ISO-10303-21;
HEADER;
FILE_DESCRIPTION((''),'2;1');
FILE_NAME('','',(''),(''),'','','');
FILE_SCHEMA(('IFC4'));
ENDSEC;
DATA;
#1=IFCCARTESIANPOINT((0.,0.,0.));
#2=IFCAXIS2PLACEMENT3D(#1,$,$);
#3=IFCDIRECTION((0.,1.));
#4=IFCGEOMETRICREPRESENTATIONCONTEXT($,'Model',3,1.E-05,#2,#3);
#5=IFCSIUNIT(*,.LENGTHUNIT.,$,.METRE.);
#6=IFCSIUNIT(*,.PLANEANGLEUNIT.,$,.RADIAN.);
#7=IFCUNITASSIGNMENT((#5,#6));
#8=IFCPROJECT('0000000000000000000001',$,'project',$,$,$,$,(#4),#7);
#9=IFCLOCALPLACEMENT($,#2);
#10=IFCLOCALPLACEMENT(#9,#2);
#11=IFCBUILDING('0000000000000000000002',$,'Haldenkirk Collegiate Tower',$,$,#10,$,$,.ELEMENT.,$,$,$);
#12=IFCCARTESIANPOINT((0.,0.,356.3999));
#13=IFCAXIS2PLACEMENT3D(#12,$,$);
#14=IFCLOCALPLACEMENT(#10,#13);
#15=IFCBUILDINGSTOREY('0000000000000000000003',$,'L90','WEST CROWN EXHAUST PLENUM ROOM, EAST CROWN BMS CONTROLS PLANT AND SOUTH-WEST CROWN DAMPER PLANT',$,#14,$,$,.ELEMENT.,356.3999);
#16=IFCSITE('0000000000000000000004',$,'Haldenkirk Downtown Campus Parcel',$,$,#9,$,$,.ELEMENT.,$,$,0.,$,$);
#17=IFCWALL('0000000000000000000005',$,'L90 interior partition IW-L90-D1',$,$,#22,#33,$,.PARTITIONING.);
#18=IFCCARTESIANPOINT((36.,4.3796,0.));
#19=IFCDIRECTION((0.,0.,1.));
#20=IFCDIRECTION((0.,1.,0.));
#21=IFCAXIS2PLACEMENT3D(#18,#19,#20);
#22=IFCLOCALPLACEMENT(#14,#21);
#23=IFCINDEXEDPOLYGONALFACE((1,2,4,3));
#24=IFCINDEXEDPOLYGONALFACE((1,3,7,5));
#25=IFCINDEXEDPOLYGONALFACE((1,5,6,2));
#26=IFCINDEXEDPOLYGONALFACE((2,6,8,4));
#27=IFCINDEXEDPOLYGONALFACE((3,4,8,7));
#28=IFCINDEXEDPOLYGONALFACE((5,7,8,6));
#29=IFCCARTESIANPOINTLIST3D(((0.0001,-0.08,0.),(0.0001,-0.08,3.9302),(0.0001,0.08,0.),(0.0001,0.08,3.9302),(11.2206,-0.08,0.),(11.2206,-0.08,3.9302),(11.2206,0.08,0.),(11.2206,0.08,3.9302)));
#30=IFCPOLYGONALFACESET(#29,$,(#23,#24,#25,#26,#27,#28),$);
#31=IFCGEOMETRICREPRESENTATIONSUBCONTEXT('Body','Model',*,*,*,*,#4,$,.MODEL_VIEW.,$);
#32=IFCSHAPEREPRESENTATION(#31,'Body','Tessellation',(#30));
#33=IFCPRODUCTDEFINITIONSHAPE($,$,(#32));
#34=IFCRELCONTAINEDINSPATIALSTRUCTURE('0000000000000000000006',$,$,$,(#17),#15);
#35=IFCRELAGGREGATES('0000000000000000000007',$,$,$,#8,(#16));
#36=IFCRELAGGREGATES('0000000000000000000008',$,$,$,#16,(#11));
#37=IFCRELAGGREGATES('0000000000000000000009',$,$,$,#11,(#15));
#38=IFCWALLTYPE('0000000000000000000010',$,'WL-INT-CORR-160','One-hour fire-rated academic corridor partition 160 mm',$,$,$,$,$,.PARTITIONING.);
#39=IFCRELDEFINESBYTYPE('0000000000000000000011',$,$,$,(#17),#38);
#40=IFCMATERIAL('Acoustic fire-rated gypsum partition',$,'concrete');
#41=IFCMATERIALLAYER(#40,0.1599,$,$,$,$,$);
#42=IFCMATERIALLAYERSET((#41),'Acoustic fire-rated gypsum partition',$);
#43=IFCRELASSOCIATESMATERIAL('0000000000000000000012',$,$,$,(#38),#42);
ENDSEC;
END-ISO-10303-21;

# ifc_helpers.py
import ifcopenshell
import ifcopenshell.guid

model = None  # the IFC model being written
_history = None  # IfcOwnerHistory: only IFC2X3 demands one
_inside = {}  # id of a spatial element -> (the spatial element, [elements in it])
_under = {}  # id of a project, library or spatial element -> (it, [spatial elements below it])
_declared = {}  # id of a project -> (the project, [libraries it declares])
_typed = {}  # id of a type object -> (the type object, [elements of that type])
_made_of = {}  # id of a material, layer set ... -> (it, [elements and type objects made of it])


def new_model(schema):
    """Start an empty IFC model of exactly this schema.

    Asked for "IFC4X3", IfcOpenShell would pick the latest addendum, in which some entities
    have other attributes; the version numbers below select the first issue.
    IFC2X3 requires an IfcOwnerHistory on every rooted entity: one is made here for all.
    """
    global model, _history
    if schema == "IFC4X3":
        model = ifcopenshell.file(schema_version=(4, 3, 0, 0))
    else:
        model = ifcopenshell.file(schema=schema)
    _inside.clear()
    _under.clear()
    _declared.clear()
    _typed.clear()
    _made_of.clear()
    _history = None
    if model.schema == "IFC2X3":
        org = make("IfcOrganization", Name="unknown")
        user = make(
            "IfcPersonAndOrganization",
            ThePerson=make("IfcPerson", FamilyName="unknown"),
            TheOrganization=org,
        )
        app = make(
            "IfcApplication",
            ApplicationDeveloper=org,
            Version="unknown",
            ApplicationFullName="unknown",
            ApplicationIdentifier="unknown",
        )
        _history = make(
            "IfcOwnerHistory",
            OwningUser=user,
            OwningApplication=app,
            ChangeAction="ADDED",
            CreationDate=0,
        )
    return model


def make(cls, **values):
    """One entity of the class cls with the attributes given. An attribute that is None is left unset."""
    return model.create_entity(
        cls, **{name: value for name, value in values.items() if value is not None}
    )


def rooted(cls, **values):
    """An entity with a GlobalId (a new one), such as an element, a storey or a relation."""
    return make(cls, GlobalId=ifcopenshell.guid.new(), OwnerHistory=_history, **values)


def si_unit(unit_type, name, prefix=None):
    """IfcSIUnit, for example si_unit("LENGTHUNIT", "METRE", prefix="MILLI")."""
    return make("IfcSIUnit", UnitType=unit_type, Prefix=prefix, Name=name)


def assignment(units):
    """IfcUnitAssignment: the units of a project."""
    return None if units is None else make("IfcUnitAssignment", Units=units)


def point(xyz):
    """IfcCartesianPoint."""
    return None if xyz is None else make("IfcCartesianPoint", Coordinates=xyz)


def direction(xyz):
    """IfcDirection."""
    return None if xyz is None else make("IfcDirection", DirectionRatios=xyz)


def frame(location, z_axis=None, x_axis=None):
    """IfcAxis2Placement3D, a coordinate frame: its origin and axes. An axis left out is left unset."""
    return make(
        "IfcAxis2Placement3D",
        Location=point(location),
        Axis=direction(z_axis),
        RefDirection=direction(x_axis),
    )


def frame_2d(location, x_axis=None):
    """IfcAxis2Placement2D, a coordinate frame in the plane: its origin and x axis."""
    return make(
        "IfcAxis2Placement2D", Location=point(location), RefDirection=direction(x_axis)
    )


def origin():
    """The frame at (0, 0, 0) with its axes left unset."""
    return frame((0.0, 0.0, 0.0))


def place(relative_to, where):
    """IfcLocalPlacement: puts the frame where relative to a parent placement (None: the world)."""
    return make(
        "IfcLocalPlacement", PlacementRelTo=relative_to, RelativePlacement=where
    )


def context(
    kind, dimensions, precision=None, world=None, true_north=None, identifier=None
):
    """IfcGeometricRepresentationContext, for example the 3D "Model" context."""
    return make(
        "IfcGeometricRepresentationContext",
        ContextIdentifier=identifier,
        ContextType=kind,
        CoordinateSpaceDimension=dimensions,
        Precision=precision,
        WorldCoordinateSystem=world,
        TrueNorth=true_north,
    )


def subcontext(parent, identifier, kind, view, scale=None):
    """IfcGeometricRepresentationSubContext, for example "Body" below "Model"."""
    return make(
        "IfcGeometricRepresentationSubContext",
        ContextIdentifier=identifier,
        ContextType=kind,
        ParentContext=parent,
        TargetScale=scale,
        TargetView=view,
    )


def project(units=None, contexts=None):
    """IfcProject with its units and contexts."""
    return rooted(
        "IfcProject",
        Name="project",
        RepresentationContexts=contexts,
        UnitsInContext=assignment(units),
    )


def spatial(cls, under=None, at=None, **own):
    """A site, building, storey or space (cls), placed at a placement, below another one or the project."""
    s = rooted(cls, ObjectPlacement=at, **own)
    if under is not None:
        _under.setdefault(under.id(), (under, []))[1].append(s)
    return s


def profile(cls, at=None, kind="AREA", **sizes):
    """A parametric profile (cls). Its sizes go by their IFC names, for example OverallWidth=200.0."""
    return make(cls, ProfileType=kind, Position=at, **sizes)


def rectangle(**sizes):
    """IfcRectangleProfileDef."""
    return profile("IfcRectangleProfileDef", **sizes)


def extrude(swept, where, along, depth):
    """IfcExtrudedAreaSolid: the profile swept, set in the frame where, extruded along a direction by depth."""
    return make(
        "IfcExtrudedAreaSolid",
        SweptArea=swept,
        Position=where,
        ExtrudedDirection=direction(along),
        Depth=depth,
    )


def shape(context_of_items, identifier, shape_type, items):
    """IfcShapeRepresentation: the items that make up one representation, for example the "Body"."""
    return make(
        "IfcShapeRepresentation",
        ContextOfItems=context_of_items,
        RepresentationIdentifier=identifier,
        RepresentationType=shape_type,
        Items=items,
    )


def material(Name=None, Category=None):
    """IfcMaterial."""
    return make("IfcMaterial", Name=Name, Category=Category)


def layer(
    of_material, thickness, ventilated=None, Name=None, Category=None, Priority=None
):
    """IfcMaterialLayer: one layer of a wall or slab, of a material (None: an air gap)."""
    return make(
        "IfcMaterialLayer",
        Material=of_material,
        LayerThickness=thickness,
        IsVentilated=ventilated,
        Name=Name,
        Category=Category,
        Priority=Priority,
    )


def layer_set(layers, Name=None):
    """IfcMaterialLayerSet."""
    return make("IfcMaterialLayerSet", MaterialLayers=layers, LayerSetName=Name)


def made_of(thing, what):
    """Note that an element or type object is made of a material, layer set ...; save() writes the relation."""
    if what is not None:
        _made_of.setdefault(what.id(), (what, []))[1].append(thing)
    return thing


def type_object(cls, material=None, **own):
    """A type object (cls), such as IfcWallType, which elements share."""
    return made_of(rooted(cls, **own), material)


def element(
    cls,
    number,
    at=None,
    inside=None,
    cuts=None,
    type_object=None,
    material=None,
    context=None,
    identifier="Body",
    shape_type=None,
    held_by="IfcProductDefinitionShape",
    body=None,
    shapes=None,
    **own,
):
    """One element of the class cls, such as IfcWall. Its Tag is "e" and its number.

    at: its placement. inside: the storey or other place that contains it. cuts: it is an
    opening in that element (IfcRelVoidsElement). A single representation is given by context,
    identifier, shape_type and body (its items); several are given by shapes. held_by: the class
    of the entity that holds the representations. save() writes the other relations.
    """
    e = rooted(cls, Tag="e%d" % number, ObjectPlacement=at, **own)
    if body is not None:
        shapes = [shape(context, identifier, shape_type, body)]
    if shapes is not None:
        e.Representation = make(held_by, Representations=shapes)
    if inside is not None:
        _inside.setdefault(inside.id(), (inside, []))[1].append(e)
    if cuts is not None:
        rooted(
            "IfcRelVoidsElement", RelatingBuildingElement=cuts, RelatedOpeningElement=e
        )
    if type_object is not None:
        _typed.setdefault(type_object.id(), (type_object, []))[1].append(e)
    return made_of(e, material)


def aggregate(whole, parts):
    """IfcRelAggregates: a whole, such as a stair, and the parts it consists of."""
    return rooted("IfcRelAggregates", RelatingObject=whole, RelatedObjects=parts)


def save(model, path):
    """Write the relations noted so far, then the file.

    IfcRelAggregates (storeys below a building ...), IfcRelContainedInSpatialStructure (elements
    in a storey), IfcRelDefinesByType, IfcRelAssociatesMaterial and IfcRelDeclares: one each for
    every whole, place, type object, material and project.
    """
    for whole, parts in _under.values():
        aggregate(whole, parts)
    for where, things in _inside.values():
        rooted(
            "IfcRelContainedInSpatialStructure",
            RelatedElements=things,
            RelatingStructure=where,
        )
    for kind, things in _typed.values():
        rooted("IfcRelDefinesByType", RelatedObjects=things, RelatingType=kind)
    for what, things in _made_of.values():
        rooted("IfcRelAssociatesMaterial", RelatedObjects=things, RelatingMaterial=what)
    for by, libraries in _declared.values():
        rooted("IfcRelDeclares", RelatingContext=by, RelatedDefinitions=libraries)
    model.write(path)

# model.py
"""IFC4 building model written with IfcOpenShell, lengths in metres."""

from ifc_helpers import new_model, si_unit, direction, frame, frame_2d, origin, place, context, subcontext, project, spatial, rectangle, extrude, material, layer, layer_set, type_object, element, save


model = new_model("IFC4")

# Units and contexts
model_context = context("Model", 3, precision=1e-05, world=origin(), true_north=direction((0.0, 1.0)))
body_context = subcontext(model_context, "Body", "Model", "MODEL_VIEW")
ifc_project = project(units=[si_unit("LENGTHUNIT", "METRE"), si_unit("PLANEANGLEUNIT", "RADIAN")], contexts=[model_context])

# Site, building, storey
site_placement = place(None, origin())
site = spatial("IfcSite", under=ifc_project, at=site_placement, Name="Haldenkirk Downtown Campus Parcel", CompositionType="ELEMENT", RefElevation=0.0)
building_placement = place(site_placement, origin())
building = spatial("IfcBuilding", under=site, at=building_placement, Name="Haldenkirk Collegiate Tower", CompositionType="ELEMENT")
storey_placement = place(building_placement, frame((0.0, 0.0, 356.3999)))
storey = spatial("IfcBuildingStorey", under=building, at=storey_placement, Name="L90", Description="WEST CROWN EXHAUST PLENUM ROOM, EAST CROWN BMS CONTROLS PLANT AND SOUTH-WEST CROWN DAMPER PLANT", CompositionType="ELEMENT", Elevation=356.3999)

# Wall
ifc_material_1 = material(Name="Acoustic fire-rated gypsum partition", Category="concrete")
ifc_layer_1 = layer(ifc_material_1, 0.1599)
ifc_layer_set_1 = layer_set([ifc_layer_1], Name="Acoustic fire-rated gypsum partition")
wall_type_1 = type_object("IfcWallType", Name="WL-INT-CORR-160", Description="One-hour fire-rated academic corridor partition 160 mm", PredefinedType="PARTITIONING", material=ifc_layer_set_1)
wall_1_placement = place(storey_placement, frame((36.0, 4.3796, 0.0), z_axis=(0.0, 0.0, 1.0), x_axis=(0.0, 1.0, 0.0)))
element("IfcWall", 1, at=wall_1_placement, inside=storey, type_object=wall_type_1, Name="L90 interior partition IW-L90-D1", PredefinedType="PARTITIONING", context=body_context, shape_type="SweptSolid", body=[
    extrude(rectangle(XDim=11.2205, YDim=0.1599, at=frame_2d((5.6104, 0.0))), origin(), (0.0, 0.0, 1.0), 3.9302),
])

save(model, "model.ifc")
